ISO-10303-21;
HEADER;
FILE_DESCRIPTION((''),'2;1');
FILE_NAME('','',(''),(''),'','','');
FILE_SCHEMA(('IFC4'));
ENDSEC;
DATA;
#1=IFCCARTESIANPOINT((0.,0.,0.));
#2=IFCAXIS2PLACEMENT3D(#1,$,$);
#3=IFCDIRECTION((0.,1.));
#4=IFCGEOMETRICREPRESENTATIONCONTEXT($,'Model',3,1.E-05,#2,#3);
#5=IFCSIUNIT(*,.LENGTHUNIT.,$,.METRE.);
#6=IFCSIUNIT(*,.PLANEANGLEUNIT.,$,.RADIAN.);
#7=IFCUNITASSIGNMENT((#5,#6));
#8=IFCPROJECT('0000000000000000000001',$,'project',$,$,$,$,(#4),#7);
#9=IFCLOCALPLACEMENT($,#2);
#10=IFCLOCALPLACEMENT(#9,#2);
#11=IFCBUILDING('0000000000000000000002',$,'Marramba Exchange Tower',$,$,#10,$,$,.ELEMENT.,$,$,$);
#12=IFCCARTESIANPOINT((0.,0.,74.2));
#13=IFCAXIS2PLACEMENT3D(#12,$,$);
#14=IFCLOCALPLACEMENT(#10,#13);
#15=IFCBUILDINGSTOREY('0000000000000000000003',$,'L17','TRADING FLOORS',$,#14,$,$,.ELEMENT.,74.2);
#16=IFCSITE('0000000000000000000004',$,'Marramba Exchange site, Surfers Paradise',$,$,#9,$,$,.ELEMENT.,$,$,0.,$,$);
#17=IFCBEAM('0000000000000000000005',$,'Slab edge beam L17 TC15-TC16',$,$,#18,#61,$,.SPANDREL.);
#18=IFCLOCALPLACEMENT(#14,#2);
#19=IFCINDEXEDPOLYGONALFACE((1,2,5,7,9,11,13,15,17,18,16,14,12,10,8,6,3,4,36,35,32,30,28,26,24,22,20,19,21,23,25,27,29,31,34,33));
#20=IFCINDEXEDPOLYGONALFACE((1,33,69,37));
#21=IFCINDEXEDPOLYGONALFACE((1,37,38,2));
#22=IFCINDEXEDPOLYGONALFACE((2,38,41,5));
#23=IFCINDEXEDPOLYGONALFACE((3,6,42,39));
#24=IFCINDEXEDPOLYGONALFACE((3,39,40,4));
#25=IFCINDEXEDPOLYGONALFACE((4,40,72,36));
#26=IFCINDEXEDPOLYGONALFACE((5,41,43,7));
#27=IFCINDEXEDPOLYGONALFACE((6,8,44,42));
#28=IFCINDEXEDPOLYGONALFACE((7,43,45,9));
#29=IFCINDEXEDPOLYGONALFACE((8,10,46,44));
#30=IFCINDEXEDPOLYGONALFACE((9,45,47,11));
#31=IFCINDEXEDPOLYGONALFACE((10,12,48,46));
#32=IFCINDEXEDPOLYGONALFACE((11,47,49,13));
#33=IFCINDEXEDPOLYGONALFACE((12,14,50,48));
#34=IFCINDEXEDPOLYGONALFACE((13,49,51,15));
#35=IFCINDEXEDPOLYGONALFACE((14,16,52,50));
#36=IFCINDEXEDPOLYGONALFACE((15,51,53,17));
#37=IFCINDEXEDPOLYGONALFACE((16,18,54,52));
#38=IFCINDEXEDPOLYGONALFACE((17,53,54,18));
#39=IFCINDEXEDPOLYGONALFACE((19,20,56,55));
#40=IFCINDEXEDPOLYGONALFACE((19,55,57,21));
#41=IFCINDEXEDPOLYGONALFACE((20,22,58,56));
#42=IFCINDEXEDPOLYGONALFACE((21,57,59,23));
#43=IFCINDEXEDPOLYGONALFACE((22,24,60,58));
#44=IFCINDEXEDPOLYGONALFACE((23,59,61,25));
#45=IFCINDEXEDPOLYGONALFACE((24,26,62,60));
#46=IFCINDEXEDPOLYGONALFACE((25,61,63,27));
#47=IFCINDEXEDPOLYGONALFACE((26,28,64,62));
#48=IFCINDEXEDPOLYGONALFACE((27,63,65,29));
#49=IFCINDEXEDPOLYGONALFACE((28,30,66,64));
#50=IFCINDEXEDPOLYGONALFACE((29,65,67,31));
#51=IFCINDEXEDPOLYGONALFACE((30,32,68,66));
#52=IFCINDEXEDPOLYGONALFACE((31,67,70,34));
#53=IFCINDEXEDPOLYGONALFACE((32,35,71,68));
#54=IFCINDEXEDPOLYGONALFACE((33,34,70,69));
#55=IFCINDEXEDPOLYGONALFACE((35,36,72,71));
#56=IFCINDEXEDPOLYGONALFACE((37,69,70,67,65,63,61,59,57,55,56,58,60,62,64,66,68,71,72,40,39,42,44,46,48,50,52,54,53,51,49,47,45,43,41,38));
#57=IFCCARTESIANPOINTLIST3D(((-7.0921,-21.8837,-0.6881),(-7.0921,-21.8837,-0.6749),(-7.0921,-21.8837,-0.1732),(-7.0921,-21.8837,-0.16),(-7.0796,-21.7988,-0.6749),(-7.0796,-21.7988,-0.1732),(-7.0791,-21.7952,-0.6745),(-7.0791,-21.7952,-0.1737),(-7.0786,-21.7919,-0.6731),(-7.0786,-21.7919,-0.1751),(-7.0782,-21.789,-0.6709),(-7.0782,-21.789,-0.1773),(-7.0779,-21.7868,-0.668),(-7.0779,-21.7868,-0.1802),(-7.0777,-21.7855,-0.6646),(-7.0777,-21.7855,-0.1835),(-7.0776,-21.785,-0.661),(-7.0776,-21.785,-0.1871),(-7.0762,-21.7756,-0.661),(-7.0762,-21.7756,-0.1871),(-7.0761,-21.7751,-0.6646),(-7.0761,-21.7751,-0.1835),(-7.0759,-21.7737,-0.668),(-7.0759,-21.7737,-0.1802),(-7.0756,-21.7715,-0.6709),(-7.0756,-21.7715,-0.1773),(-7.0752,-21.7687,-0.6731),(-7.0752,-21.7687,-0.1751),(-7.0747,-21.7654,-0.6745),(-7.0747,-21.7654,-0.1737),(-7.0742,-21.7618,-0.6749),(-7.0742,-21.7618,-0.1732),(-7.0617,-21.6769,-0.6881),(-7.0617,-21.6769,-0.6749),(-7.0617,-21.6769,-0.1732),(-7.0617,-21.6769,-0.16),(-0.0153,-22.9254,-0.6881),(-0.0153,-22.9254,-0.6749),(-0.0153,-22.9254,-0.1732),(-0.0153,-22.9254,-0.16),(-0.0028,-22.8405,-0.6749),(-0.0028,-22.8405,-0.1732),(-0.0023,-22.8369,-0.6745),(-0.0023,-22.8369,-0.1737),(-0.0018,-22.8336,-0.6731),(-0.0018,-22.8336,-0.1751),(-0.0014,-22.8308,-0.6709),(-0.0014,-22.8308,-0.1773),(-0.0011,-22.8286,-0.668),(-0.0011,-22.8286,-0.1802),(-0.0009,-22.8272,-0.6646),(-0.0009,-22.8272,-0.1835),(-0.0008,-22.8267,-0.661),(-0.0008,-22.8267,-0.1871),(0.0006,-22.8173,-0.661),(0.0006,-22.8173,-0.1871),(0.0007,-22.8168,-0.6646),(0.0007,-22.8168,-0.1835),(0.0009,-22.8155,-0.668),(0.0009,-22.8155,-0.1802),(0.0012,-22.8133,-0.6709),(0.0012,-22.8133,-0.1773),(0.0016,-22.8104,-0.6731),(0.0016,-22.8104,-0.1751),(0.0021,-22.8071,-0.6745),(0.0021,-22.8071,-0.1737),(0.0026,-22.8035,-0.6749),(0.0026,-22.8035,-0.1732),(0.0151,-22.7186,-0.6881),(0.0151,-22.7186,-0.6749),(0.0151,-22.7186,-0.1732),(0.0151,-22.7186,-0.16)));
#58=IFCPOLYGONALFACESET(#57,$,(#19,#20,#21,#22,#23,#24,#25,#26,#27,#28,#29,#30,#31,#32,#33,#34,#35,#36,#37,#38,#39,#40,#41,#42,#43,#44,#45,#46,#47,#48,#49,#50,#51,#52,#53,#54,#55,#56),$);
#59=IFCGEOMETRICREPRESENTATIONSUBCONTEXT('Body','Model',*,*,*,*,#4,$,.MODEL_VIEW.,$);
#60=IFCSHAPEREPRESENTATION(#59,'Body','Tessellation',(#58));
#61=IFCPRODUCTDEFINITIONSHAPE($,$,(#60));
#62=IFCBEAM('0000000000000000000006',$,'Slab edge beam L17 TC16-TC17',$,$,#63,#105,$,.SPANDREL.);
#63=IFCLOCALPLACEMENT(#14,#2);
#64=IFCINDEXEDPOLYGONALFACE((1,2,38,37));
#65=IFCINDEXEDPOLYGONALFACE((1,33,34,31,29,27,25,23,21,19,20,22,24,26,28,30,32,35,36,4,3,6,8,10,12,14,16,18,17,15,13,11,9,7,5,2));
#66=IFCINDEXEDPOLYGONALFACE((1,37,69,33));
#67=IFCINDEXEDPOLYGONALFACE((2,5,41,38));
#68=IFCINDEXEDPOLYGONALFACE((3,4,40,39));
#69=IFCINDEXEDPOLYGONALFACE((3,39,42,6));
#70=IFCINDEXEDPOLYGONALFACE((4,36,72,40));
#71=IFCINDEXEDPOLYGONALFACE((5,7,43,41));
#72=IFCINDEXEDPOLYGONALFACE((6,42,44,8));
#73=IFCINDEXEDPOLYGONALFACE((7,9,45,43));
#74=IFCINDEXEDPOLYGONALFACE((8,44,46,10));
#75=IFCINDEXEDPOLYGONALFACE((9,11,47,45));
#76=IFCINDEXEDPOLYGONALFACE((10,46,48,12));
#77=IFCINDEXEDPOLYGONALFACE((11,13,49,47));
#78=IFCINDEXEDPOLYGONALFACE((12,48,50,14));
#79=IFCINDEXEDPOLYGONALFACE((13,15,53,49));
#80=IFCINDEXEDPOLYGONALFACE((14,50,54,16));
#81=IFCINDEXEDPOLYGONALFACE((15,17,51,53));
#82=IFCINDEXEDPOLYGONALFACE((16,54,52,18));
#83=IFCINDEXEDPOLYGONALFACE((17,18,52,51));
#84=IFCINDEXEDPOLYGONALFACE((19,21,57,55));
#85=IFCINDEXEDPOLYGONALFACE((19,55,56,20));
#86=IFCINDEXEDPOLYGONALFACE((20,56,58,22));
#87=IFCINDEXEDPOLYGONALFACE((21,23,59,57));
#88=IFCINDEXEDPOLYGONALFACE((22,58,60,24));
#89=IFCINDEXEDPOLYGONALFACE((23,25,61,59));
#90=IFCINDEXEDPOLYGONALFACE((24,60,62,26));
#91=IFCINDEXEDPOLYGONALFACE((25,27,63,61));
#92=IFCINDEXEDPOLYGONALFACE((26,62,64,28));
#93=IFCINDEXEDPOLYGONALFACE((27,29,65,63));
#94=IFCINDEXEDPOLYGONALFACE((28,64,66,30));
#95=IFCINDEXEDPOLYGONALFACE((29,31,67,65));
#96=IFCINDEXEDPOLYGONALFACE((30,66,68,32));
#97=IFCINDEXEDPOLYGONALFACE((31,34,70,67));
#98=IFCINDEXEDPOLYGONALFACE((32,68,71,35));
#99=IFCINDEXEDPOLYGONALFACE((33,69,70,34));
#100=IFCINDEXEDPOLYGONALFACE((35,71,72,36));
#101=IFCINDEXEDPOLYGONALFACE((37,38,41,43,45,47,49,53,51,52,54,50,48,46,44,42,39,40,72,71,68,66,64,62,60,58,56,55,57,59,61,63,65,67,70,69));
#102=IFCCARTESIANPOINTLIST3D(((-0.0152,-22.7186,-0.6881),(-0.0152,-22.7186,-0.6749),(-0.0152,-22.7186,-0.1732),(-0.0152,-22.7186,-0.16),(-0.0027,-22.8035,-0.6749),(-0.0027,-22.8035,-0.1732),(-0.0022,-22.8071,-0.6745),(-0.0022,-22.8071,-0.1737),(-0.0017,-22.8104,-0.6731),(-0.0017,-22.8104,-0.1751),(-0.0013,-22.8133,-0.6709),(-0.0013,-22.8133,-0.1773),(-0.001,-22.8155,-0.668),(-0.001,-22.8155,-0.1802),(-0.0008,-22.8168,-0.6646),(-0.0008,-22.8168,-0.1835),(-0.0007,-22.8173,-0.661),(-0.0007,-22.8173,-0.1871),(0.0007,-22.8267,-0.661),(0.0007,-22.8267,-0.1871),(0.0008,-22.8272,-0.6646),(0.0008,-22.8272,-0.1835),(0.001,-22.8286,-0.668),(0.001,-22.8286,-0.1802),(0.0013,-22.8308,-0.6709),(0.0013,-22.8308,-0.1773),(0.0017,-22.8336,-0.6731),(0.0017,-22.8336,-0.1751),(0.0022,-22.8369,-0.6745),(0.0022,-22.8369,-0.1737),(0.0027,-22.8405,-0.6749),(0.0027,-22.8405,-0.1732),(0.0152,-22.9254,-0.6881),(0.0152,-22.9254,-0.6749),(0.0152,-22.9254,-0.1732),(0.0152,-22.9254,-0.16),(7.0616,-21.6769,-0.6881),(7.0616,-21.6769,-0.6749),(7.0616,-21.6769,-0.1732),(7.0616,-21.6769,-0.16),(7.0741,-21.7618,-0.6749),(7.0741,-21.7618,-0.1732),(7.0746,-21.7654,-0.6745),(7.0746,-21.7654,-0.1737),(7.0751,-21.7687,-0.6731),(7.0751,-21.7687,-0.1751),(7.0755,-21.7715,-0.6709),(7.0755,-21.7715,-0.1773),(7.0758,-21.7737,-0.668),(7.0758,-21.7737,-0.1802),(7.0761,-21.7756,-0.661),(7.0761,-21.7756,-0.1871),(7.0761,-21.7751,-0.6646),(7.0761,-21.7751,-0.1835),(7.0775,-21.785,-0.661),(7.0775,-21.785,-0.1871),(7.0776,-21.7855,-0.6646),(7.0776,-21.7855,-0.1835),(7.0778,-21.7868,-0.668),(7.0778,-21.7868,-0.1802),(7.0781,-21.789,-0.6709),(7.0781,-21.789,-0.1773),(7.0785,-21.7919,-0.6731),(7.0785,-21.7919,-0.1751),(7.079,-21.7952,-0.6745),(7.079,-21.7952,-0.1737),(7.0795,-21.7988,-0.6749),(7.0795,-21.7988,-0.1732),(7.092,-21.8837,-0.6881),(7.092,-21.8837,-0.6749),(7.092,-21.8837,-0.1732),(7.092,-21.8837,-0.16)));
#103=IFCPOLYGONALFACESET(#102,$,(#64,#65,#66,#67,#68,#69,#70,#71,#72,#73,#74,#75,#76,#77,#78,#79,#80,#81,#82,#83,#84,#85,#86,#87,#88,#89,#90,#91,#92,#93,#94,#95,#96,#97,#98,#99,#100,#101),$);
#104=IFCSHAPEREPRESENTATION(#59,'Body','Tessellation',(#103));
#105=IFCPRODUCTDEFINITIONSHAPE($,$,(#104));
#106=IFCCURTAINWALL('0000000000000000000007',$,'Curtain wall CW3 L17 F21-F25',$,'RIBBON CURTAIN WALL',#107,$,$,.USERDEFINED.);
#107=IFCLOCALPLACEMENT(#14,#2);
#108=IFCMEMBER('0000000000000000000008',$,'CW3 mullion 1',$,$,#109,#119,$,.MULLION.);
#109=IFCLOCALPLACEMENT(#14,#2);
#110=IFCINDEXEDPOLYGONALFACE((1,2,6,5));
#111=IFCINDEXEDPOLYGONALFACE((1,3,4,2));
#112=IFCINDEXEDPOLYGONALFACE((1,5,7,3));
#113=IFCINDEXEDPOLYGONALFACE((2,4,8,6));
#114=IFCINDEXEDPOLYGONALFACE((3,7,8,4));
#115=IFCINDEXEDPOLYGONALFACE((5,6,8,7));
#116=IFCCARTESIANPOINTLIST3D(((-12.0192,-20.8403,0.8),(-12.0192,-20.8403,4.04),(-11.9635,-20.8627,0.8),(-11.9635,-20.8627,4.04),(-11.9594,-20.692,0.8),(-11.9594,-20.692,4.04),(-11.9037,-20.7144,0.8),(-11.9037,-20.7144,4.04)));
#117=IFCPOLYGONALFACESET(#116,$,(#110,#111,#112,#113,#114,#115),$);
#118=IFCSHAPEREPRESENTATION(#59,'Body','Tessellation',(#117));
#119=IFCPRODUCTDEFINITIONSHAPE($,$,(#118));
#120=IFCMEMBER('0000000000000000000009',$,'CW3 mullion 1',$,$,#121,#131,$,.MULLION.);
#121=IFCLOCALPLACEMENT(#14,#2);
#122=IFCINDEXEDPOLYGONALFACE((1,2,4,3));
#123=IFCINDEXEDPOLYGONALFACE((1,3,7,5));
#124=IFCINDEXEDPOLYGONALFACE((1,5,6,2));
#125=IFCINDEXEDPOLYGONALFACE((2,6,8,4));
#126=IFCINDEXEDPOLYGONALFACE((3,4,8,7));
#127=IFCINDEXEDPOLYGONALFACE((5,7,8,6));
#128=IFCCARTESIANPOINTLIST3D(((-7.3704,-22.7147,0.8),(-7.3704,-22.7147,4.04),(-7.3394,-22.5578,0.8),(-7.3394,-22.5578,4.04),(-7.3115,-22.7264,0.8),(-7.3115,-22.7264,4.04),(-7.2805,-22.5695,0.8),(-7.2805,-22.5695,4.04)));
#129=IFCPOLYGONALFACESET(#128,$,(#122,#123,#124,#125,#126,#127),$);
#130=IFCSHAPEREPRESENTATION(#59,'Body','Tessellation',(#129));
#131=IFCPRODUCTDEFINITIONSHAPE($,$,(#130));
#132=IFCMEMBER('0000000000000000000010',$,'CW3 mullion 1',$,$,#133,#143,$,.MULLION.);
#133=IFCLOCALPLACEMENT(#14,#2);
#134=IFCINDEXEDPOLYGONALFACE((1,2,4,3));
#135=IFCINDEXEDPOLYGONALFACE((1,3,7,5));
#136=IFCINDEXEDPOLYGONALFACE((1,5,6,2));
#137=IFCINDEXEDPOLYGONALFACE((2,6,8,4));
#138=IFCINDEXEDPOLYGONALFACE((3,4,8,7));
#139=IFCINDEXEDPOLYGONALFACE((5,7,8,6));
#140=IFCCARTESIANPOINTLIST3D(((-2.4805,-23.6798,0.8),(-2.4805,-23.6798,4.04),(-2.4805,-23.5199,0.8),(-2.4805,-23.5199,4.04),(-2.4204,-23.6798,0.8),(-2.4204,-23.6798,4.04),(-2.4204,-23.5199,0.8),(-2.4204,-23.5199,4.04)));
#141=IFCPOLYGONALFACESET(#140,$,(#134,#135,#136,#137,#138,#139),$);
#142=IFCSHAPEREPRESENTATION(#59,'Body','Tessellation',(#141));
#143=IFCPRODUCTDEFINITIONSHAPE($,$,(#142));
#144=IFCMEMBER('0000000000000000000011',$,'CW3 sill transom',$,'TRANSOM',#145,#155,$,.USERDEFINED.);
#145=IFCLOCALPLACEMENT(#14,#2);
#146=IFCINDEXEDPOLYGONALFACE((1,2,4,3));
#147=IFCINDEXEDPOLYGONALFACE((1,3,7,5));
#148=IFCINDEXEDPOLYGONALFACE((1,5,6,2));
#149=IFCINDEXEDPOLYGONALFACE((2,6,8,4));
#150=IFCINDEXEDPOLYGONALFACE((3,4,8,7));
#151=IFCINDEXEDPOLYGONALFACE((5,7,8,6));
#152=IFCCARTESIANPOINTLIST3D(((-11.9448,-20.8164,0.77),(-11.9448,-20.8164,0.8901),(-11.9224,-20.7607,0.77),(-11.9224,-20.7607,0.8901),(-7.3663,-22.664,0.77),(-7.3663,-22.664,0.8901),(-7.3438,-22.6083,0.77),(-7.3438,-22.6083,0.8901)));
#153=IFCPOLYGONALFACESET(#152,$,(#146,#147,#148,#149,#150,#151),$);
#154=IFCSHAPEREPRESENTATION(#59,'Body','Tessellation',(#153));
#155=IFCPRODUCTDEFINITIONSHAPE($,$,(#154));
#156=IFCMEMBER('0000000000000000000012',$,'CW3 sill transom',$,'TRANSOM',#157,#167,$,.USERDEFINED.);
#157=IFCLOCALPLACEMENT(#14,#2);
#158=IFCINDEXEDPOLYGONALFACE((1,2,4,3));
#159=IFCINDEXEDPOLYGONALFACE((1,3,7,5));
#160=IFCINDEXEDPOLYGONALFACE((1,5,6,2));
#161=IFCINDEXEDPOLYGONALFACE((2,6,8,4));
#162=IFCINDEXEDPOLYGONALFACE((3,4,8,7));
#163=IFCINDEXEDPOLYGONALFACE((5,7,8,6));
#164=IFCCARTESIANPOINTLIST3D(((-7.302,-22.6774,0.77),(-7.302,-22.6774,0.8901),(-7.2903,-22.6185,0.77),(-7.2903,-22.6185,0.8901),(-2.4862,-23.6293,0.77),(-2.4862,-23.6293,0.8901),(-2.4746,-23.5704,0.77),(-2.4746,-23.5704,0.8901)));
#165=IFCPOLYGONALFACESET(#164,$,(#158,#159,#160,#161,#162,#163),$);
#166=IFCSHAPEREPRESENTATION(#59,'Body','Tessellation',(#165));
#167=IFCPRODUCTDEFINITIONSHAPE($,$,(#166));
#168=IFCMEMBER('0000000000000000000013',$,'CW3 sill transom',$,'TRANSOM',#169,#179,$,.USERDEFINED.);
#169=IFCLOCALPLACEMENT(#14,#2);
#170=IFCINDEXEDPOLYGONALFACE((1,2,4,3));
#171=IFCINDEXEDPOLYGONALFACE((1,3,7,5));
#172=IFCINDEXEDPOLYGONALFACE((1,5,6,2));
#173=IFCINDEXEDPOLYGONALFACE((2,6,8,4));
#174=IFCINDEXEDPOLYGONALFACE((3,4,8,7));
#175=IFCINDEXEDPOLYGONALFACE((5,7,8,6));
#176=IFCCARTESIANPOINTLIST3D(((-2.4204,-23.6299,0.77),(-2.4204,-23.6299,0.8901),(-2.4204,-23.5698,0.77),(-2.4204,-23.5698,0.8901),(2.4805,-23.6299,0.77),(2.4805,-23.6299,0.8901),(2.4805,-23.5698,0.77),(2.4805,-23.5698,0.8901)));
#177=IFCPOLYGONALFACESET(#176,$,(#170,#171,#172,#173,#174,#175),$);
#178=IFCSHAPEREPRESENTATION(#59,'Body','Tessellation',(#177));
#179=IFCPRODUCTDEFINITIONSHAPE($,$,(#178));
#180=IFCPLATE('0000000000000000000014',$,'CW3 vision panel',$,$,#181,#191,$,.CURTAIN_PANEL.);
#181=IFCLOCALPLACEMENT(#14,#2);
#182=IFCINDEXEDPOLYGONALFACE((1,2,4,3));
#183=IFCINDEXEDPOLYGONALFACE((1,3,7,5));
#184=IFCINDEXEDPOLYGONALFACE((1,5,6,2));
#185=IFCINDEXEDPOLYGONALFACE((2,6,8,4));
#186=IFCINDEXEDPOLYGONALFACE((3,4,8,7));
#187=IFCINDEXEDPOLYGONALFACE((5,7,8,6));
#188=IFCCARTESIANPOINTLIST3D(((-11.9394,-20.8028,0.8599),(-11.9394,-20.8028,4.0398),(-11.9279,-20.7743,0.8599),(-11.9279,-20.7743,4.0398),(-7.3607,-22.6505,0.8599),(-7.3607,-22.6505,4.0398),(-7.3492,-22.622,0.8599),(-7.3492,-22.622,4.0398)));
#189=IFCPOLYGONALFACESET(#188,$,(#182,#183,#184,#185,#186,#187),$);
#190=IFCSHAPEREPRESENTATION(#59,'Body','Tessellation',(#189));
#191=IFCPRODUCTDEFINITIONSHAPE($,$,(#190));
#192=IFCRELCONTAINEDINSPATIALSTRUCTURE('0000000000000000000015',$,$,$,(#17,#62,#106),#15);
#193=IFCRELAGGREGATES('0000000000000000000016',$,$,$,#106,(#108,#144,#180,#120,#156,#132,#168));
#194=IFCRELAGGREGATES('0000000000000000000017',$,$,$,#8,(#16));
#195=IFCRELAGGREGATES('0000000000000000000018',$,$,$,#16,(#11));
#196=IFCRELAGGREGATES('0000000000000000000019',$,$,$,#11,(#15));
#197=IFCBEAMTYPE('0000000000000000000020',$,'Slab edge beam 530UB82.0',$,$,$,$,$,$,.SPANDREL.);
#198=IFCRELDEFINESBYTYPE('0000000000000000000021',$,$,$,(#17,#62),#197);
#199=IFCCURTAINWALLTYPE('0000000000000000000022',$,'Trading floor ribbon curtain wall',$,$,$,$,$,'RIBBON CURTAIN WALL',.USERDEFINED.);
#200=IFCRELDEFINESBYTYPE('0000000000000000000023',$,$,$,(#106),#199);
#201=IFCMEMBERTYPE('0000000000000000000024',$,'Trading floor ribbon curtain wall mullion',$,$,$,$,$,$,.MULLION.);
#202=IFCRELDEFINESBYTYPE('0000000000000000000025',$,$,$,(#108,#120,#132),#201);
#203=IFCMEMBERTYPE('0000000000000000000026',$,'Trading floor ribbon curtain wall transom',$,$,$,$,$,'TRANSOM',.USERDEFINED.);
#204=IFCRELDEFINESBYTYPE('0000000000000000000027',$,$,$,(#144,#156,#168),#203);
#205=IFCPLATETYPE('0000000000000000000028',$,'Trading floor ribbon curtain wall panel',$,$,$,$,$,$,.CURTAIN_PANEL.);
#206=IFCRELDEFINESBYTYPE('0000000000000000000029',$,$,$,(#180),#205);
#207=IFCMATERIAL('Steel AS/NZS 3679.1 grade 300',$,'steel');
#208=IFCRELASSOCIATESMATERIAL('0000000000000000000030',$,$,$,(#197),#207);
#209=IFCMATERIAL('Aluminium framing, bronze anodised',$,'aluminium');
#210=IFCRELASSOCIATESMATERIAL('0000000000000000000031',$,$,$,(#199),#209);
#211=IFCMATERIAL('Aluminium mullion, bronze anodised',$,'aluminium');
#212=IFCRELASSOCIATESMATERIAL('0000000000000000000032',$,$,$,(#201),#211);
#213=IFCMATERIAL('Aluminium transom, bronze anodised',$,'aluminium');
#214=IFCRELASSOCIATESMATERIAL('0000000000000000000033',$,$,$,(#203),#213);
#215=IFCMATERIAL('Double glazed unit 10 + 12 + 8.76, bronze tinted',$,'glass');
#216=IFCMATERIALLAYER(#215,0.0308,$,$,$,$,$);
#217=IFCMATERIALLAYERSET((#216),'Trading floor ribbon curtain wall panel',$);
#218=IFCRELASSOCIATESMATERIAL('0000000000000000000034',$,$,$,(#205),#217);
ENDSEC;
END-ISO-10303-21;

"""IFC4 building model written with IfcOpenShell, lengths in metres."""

from ifc_helpers import new_model, si_unit, direction, frame, origin, origin_2d, place, context, subcontext, project, spatial, rectangle, i_section, extrude, material, layer, layer_set, material_profile, profile_set, type_object, element, aggregate, save


model = new_model("IFC4")

# Units and contexts
model_context = context("Model", 3, precision=1e-05, world=origin(), true_north=direction((0.0, 1.0)))
body_context = subcontext(model_context, "Body", "Model", "MODEL_VIEW")
ifc_project = project(units=[si_unit("LENGTHUNIT", "METRE"), si_unit("PLANEANGLEUNIT", "RADIAN")], contexts=[model_context])

# Site, building, storey
site_placement = place(None, origin())
site = spatial("IfcSite", under=ifc_project, at=site_placement, Name="Marramba Exchange site, Surfers Paradise", CompositionType="ELEMENT", RefElevation=0.0)
building_placement = place(site_placement, origin())
building = spatial("IfcBuilding", under=site, at=building_placement, Name="Marramba Exchange Tower", CompositionType="ELEMENT")
storey_placement = place(building_placement, frame((0.0, 0.0, 74.2)))
storey = spatial("IfcBuildingStorey", under=building, at=storey_placement, Name="L17", Description="TRADING FLOORS", CompositionType="ELEMENT", Elevation=74.2)

# Beams
ifc_material_1 = material(Name="Steel AS/NZS 3679.1 grade 300", Category="steel")
ifc_material_profile_1 = material_profile(ifc_material_1, i_section(OverallWidth=0.209, OverallDepth=0.5281, WebThickness=0.0095, FlangeThickness=0.0132, FilletRadius=0.0139, at=origin_2d()), Name="530UB82.0")
ifc_profile_set_1 = profile_set([ifc_material_profile_1], Name="Steel AS/NZS 3679.1 grade 300")
beam_type_1 = type_object("IfcBeamType", Name="Slab edge beam 530UB82.0", PredefinedType="SPANDREL", material=ifc_profile_set_1)
for number, where, z_axis, x_axis, name in (
    (1, (-7.0769, -21.7803, -0.4241), (0.989338, -0.145634, 0.0), (0.145634, 0.989338, 0.0), "Slab edge beam L17 TC15-TC16"),
    (2, (0.0, -22.822, -0.4241), (0.989338, 0.145634, 0.0), (-0.145634, 0.989338, 0.0), "Slab edge beam L17 TC16-TC17"),
):
    element("IfcBeam", number, at=place(storey_placement, frame(where, z_axis=z_axis, x_axis=x_axis)), inside=storey, type_object=beam_type_1, Name=name, PredefinedType="SPANDREL", context=body_context, shape_type="SweptSolid", body=[
        extrude(i_section(OverallWidth=0.209, OverallDepth=0.5281, WebThickness=0.0095, FlangeThickness=0.0132, FilletRadius=0.0139, at=origin_2d()), origin(), (0.0, 0.0, 1.0), 7.1531),
    ])

# Curtain wall, members, plate
ifc_material_2 = material(Name="Aluminium framing, bronze anodised", Category="aluminium")
curtain_wall_type = type_object("IfcCurtainWallType", Name="Trading floor ribbon curtain wall", ElementType="RIBBON CURTAIN WALL", PredefinedType="USERDEFINED", material=ifc_material_2)
curtain_wall_placement = place(storey_placement, origin())
curtain_wall = element("IfcCurtainWall", 3, at=curtain_wall_placement, inside=storey, type_object=curtain_wall_type, Name="Curtain wall CW3 L17 F21-F25", ObjectType="RIBBON CURTAIN WALL", PredefinedType="USERDEFINED")
ifc_material_3 = material(Name="Aluminium mullion, bronze anodised", Category="aluminium")
ifc_material_profile_2 = material_profile(ifc_material_3, rectangle(XDim=0.1599, YDim=0.0601, at=origin_2d()), Name="CW3 mullion 60x160")
ifc_profile_set_2 = profile_set([ifc_material_profile_2], Name="Aluminium mullion, bronze anodised")
member_type_1 = type_object("IfcMemberType", Name="Trading floor ribbon curtain wall mullion", PredefinedType="MULLION", material=ifc_profile_set_2)
member_1_placement = place(storey_placement, frame((-11.9614, -20.7773, 0.8), z_axis=(0.0, 0.0, 1.0), x_axis=(0.374218, 0.927341, 0.0)))
member_1 = element("IfcMember", 4, at=member_1_placement, type_object=member_type_1, Name="CW3 mullion 1", PredefinedType="MULLION", context=body_context, shape_type="SweptSolid", body=[
    extrude(rectangle(XDim=0.1599, YDim=0.0601, at=origin_2d()), origin(), (0.0, 0.0, 1.0), 3.24),
])
member_2_placement = place(storey_placement, frame((-7.3254, -22.6421, 0.8), z_axis=(0.0, 0.0, 1.0), x_axis=(0.193961, 0.981009, 0.0)))
member_2 = element("IfcMember", 5, at=member_2_placement, type_object=member_type_1, Name="CW3 mullion 1", PredefinedType="MULLION", context=body_context, shape_type="SweptSolid", body=[
    extrude(rectangle(XDim=0.1599, YDim=0.0601, at=origin_2d()), origin(), (0.0, 0.0, 1.0), 3.24),
])
member_3_placement = place(storey_placement, frame((-2.4504, -23.5999, 0.8), z_axis=(0.0, 0.0, 1.0), x_axis=(0.0, 1.0, 0.0)))
member_3 = element("IfcMember", 6, at=member_3_placement, type_object=member_type_1, Name="CW3 mullion 1", PredefinedType="MULLION", context=body_context, shape_type="SweptSolid", body=[
    extrude(rectangle(XDim=0.1599, YDim=0.0601, at=origin_2d()), origin(), (0.0, 0.0, 1.0), 3.24),
])
ifc_material_4 = material(Name="Aluminium transom, bronze anodised", Category="aluminium")
ifc_material_profile_3 = material_profile(ifc_material_4, rectangle(XDim=0.0601, YDim=0.1201, at=origin_2d()), Name="CW3 transom 60x120")
ifc_profile_set_3 = profile_set([ifc_material_profile_3], Name="Aluminium transom, bronze anodised")
member_type_2 = type_object("IfcMemberType", Name="Trading floor ribbon curtain wall transom", ElementType="TRANSOM", PredefinedType="USERDEFINED", material=ifc_profile_set_3)
member_4_placement = place(storey_placement, frame((-11.9336, -20.7886, 0.8301), z_axis=(0.92734, -0.374219, 0.0), x_axis=(0.374219, 0.92734, 0.0)))
member_4 = element("IfcMember", 7, at=member_4_placement, type_object=member_type_2, Name="CW3 sill transom", ObjectType="TRANSOM", PredefinedType="USERDEFINED", context=body_context, shape_type="SweptSolid", body=[
    extrude(rectangle(XDim=0.0601, YDim=0.1201, at=origin_2d()), origin(), (0.0, 0.0, 1.0), 4.9373),
])
member_5_placement = place(storey_placement, frame((-7.2961, -22.6479, 0.8301), z_axis=(0.981018, -0.193916, 0.0), x_axis=(0.193916, 0.981018, 0.0)))
member_5 = element("IfcMember", 8, at=member_5_placement, type_object=member_type_2, Name="CW3 sill transom", ObjectType="TRANSOM", PredefinedType="USERDEFINED", context=body_context, shape_type="SweptSolid", body=[
    extrude(rectangle(XDim=0.0601, YDim=0.1201, at=origin_2d()), origin(), (0.0, 0.0, 1.0), 4.9089),
])
member_6_placement = place(storey_placement, frame((-2.4204, -23.5999, 0.8301), z_axis=(1.0, 0.0, 0.0), x_axis=(0.0, 1.0, 0.0)))
member_6 = element("IfcMember", 9, at=member_6_placement, type_object=member_type_2, Name="CW3 sill transom", ObjectType="TRANSOM", PredefinedType="USERDEFINED", context=body_context, shape_type="SweptSolid", body=[
    extrude(rectangle(XDim=0.0601, YDim=0.1201, at=origin_2d()), origin(), (0.0, 0.0, 1.0), 4.9009),
])
ifc_material_5 = material(Name="Double glazed unit 10 + 12 + 8.76, bronze tinted", Category="glass")
ifc_layer_1 = layer(ifc_material_5, 0.0308)
ifc_layer_set_1 = layer_set([ifc_layer_1], Name="Trading floor ribbon curtain wall panel")
plate_type = type_object("IfcPlateType", Name="Trading floor ribbon curtain wall panel", PredefinedType="CURTAIN_PANEL", material=ifc_layer_set_1)
plate_1_placement = place(storey_placement, frame((-9.6443, -21.7124, 0.8599), z_axis=(0.0, 0.0, 1.0), x_axis=(0.927341, -0.374218, 0.0)))
plate_1 = element("IfcPlate", 10, at=plate_1_placement, type_object=plate_type, Name="CW3 vision panel", PredefinedType="CURTAIN_PANEL", context=body_context, shape_type="SweptSolid", body=[
    extrude(rectangle(XDim=4.9375, YDim=0.0308, at=origin_2d()), origin(), (0.0, 0.0, 1.0), 3.1799),
])
aggregate(curtain_wall, [member_1, member_4, plate_1, member_2, member_5, member_3, member_6])

save(model, "model.ifc")
